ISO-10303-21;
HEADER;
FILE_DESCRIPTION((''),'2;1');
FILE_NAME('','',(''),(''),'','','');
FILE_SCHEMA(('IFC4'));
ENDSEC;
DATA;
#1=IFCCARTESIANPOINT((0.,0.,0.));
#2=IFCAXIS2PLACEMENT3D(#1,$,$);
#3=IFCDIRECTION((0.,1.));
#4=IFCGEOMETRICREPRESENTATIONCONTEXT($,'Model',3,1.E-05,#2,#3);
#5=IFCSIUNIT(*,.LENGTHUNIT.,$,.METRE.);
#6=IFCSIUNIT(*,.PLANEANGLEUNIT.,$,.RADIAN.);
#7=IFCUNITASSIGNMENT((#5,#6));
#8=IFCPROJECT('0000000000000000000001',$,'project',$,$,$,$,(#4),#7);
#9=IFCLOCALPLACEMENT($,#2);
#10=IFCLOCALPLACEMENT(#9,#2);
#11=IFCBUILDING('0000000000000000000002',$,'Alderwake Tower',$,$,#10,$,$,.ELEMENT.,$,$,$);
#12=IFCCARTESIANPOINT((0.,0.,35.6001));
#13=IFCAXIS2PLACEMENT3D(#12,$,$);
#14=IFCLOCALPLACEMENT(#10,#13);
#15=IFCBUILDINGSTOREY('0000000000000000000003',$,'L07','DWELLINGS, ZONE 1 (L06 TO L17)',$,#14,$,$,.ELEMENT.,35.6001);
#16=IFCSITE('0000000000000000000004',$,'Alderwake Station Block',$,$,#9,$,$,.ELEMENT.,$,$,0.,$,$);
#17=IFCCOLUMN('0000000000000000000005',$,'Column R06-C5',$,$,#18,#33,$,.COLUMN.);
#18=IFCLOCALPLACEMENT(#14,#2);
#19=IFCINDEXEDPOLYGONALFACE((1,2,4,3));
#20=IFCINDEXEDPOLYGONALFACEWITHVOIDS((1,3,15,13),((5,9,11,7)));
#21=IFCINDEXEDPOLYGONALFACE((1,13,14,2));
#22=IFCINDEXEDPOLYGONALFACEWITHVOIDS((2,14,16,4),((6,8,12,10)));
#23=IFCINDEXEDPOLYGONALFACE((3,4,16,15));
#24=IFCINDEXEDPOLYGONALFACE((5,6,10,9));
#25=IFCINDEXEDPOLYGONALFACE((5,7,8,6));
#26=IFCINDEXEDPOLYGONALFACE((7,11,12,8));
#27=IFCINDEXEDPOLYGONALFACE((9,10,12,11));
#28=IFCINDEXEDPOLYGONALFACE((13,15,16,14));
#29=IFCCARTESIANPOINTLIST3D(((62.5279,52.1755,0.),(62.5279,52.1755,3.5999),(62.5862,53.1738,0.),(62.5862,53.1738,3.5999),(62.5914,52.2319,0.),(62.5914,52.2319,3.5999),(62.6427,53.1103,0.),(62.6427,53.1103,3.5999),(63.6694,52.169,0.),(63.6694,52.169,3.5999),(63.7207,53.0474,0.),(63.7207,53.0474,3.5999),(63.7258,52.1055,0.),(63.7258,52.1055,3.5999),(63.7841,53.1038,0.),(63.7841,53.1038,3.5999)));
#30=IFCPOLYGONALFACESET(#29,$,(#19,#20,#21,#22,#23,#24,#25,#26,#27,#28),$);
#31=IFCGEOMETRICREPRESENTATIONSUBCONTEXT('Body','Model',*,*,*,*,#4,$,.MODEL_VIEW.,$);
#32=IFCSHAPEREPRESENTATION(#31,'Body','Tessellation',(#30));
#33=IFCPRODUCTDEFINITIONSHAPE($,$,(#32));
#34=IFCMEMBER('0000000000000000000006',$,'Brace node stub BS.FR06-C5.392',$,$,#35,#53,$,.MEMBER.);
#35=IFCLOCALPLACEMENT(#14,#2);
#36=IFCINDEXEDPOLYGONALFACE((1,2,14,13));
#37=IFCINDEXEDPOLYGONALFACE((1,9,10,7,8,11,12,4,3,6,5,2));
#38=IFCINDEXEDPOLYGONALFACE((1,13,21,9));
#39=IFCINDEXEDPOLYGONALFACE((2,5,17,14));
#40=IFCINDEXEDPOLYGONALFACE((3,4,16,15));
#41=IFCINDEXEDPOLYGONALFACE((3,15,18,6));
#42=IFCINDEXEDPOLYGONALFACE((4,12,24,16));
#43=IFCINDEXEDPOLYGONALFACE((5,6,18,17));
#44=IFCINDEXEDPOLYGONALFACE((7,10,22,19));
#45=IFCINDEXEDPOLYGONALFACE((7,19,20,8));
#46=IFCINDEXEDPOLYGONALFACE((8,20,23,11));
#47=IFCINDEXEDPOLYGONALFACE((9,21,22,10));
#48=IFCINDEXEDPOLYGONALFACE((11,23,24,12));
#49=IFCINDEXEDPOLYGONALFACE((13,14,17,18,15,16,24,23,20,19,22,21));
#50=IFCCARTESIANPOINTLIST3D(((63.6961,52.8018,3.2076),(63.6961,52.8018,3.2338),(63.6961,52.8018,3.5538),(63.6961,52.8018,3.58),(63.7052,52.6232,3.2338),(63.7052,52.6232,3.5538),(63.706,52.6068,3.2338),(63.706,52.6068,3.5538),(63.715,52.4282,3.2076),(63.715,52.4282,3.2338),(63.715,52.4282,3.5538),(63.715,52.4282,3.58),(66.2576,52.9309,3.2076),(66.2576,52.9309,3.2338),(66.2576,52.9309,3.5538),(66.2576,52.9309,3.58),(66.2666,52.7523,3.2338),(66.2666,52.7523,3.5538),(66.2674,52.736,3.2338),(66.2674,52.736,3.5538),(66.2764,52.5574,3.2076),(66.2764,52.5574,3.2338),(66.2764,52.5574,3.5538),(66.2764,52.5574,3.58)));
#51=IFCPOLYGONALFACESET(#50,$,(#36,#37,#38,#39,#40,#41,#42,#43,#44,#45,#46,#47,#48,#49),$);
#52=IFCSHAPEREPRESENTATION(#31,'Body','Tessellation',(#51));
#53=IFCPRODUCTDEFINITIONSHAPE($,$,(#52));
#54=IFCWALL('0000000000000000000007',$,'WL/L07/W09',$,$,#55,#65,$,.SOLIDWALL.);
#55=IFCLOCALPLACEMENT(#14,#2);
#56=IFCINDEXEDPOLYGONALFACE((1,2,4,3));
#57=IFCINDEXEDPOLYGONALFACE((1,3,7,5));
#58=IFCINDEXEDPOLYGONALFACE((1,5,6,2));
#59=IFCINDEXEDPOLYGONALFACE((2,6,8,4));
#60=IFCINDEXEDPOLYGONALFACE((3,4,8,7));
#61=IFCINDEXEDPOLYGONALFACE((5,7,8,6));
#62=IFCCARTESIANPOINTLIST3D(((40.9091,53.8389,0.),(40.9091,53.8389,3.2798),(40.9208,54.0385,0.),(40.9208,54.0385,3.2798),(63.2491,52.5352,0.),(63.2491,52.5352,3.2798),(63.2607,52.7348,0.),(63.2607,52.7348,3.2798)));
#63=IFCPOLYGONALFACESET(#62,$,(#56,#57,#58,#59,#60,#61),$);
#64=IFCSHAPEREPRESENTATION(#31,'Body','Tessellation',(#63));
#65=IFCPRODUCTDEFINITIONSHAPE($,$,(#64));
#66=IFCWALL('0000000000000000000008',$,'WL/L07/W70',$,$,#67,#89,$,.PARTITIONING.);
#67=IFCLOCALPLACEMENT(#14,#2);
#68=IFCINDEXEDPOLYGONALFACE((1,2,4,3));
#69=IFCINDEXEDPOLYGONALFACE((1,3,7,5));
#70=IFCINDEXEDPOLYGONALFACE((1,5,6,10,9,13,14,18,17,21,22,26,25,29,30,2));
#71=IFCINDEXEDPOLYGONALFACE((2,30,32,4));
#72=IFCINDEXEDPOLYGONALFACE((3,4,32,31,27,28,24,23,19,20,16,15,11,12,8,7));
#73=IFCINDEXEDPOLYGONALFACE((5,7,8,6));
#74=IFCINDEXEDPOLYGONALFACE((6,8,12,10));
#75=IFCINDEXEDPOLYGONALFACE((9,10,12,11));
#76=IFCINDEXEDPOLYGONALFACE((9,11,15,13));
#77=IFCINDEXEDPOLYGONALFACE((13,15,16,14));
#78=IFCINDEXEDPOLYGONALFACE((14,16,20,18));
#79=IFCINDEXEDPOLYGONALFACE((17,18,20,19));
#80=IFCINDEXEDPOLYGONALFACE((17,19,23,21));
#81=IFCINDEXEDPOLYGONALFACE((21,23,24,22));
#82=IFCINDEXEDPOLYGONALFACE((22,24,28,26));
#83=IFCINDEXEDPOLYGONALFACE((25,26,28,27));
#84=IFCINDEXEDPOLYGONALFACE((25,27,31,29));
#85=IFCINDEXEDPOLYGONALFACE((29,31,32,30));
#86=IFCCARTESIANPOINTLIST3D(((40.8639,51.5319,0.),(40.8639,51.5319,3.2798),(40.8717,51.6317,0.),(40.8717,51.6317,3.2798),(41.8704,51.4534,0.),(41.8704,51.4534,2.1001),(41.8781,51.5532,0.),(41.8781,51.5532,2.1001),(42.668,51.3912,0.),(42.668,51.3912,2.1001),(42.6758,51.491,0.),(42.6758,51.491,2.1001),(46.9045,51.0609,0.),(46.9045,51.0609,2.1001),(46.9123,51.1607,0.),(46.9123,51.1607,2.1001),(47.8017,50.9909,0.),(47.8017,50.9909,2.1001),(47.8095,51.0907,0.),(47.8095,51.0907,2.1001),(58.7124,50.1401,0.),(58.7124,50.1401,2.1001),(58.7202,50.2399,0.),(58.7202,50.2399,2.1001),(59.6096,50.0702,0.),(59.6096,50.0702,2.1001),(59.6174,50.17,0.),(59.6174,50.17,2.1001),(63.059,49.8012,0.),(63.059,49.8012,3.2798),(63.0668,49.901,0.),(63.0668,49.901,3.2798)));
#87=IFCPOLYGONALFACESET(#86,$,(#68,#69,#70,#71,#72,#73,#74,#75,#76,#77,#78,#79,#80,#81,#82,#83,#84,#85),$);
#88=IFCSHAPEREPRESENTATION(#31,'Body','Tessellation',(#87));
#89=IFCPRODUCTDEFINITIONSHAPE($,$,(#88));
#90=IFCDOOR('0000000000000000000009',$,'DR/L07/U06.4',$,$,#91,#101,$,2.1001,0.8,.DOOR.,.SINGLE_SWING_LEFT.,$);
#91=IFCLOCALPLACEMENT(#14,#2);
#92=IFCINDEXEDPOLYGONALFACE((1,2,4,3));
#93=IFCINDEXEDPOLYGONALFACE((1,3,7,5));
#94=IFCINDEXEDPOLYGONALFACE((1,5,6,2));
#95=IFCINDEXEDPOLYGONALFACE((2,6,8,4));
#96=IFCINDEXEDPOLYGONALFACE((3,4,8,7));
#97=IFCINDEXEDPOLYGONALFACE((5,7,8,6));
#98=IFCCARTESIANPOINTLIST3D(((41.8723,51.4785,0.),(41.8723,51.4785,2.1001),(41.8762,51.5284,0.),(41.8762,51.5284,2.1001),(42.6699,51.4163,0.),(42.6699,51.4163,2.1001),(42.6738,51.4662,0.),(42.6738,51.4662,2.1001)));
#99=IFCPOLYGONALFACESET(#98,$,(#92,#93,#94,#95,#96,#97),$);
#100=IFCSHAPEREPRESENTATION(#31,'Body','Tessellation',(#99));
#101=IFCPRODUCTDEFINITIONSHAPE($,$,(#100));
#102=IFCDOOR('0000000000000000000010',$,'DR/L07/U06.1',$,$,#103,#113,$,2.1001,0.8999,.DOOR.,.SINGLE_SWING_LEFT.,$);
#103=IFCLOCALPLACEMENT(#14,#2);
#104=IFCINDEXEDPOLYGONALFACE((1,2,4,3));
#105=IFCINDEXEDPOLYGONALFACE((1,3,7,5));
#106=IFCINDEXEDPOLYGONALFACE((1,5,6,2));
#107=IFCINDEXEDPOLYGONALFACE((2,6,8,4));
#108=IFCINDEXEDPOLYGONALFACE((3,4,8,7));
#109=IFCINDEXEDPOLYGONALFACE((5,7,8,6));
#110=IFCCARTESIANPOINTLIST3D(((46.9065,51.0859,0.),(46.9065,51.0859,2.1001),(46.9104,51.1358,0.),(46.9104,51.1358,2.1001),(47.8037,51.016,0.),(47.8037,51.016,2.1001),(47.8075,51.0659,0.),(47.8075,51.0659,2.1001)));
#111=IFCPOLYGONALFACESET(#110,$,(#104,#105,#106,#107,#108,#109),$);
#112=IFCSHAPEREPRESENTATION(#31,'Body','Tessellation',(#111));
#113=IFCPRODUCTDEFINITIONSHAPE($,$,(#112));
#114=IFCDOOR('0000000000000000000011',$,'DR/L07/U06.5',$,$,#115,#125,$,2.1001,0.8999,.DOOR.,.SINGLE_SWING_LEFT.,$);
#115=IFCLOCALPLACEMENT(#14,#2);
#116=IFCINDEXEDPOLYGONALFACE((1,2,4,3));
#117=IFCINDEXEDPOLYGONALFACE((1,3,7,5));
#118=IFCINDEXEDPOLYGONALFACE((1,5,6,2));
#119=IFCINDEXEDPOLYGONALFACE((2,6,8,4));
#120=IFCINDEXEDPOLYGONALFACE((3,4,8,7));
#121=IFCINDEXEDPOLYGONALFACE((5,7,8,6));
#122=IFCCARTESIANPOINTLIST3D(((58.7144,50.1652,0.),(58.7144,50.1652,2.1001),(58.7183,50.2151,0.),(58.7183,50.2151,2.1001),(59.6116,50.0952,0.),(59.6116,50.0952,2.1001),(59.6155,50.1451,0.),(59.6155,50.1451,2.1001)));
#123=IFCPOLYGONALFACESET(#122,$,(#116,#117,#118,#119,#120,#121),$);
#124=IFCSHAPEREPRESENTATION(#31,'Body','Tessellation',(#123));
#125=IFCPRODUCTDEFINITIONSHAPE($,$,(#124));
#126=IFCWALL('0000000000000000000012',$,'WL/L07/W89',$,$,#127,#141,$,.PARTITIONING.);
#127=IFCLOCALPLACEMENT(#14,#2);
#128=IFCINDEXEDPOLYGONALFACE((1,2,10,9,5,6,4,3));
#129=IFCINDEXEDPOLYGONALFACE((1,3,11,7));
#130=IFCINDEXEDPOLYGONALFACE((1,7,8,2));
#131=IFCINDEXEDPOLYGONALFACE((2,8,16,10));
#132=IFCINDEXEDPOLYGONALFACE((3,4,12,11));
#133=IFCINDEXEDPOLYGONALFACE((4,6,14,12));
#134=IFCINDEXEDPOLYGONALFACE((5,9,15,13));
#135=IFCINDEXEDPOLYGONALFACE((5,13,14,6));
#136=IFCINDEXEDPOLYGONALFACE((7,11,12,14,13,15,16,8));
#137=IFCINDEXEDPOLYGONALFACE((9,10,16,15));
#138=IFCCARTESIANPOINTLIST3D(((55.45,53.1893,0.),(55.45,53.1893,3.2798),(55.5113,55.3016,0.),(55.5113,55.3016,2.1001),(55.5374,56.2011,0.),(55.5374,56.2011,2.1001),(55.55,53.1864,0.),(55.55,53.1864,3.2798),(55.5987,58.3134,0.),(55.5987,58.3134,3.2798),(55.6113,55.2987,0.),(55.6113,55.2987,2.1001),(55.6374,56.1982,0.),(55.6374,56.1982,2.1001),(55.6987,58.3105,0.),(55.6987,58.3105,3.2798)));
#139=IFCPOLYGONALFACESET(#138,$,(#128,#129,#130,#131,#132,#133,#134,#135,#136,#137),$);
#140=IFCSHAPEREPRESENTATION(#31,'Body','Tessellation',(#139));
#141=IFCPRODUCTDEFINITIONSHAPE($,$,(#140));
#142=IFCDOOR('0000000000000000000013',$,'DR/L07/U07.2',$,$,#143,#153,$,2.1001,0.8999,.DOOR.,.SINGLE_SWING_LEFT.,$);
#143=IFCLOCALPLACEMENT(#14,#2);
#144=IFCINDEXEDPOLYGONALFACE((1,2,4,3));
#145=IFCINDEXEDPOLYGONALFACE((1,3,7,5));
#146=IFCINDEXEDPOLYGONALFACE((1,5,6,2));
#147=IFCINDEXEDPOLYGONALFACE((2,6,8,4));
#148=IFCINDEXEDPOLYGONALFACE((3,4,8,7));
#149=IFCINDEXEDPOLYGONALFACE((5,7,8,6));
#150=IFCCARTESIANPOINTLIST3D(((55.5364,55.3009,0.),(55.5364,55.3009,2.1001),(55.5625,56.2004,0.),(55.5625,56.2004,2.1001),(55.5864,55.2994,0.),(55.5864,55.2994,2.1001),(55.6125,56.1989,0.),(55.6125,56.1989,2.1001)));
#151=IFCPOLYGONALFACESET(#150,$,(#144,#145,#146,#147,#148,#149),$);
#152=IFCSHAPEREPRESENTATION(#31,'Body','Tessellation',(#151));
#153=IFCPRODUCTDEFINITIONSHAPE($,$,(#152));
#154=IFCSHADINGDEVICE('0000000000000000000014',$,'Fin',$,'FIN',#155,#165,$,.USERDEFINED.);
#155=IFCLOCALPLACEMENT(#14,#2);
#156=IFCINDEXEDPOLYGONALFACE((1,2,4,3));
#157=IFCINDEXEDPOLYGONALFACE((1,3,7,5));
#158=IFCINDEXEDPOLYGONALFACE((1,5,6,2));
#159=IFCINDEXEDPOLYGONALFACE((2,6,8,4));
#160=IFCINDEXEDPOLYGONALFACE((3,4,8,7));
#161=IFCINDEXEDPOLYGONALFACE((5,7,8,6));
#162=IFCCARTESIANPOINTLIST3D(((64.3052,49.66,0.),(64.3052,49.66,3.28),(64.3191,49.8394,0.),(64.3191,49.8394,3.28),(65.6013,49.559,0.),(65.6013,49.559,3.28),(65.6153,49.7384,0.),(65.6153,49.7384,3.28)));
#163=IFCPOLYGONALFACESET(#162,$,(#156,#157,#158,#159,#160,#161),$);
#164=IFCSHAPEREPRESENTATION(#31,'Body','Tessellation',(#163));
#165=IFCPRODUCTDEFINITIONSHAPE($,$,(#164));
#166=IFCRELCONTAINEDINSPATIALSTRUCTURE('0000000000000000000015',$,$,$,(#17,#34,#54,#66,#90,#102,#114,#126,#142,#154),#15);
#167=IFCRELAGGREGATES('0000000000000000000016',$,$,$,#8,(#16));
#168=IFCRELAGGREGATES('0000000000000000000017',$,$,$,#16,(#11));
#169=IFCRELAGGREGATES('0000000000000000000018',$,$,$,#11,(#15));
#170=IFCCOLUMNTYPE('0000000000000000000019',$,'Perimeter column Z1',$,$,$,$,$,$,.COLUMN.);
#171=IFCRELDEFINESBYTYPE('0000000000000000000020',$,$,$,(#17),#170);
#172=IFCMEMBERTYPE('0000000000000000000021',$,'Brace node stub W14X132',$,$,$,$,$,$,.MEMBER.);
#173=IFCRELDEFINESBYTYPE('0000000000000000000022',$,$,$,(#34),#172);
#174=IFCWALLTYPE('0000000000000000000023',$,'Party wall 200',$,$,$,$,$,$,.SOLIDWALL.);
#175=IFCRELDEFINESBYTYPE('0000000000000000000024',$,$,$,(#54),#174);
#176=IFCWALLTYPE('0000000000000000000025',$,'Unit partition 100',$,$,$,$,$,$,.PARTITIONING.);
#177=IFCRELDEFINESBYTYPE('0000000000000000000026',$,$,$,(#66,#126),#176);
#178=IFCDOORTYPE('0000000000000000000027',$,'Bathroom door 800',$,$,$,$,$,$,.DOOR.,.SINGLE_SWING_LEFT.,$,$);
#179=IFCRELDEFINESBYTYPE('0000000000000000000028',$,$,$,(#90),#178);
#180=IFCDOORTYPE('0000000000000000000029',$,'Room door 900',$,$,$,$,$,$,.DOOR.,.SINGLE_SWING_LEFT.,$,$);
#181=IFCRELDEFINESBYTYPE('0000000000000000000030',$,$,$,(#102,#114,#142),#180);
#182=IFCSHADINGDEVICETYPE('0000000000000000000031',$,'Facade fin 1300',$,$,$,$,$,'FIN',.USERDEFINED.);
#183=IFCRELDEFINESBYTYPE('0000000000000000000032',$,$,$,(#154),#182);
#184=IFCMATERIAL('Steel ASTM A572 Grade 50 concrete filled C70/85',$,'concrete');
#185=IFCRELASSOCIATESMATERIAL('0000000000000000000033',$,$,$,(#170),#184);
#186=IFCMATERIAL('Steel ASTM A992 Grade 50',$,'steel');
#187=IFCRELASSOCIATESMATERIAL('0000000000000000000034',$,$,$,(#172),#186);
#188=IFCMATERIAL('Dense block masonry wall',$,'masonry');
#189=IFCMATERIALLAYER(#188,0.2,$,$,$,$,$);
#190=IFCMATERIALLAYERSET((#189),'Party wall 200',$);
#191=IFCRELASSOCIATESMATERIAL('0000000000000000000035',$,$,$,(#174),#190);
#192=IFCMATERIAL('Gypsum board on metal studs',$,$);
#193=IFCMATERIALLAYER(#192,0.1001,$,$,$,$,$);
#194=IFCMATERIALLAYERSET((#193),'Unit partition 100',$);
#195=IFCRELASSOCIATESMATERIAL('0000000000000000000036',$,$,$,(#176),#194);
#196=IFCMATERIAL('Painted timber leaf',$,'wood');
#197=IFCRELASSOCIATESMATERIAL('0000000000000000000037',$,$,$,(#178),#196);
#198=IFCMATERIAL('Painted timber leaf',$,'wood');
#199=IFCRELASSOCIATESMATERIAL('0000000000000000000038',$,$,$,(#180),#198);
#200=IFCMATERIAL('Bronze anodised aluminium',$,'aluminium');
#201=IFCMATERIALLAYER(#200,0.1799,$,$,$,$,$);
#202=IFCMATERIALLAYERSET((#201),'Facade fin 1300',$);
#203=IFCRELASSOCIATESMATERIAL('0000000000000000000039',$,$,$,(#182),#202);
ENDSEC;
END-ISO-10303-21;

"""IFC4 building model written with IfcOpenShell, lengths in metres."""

from ifc_helpers import new_model, si_unit, direction, frame, frame_2d, origin, origin_2d, place, context, subcontext, project, spatial, rectangle, hollow_rectangle, i_section, extrude, material, layer, layer_set, material_profile, profile_set, type_object, element, fill, save


model = new_model("IFC4")

# Units and contexts
model_context = context("Model", 3, precision=1e-05, world=origin(), true_north=direction((0.0, 1.0)))
body_context = subcontext(model_context, "Body", "Model", "MODEL_VIEW")
ifc_project = project(units=[si_unit("LENGTHUNIT", "METRE"), si_unit("PLANEANGLEUNIT", "RADIAN")], contexts=[model_context])

# Site, building, storey
site_placement = place(None, origin())
site = spatial("IfcSite", under=ifc_project, at=site_placement, Name="Alderwake Station Block", CompositionType="ELEMENT", RefElevation=0.0)
building_placement = place(site_placement, origin())
building = spatial("IfcBuilding", under=site, at=building_placement, Name="Alderwake Tower", CompositionType="ELEMENT")
storey_placement = place(building_placement, frame((0.0, 0.0, 35.6001)))
storey = spatial("IfcBuildingStorey", under=building, at=storey_placement, Name="L07", Description="DWELLINGS, ZONE 1 (L06 TO L17)", CompositionType="ELEMENT", Elevation=35.6001)

# Column
ifc_material_1 = material(Name="Steel ASTM A572 Grade 50 concrete filled C70/85", Category="concrete")
ifc_material_profile_1 = material_profile(ifc_material_1, hollow_rectangle(XDim=1.0, YDim=1.2, WallThickness=0.0601, at=origin_2d()), Name="BOX 1200X1000X60")
ifc_profile_set_1 = profile_set([ifc_material_profile_1], Name="Steel ASTM A572 Grade 50 concrete filled C70/85")
column_type = type_object("IfcColumnType", Name="Perimeter column Z1", PredefinedType="COLUMN", material=ifc_profile_set_1)
column_placement = place(storey_placement, frame((63.156, 52.6396, 0.0), z_axis=(0.0, 0.0, 1.0), x_axis=(0.058301, 0.998299, 0.0)))
element("IfcColumn", 1, at=column_placement, inside=storey, type_object=column_type, Name="Column R06-C5", PredefinedType="COLUMN", context=body_context, shape_type="SweptSolid", body=[
    extrude(hollow_rectangle(XDim=1.0, YDim=1.2, WallThickness=0.0601, at=origin_2d()), origin(), (0.0, 0.0, 1.0), 3.5999),
])

# Member
ifc_material_2 = material(Name="Steel ASTM A992 Grade 50", Category="steel")
ifc_material_profile_2 = material_profile(ifc_material_2, i_section(OverallWidth=0.374, OverallDepth=0.3723, WebThickness=0.0164, FlangeThickness=0.0261, at=origin_2d()), Name="W14X132")
ifc_profile_set_2 = profile_set([ifc_material_profile_2], Name="Steel ASTM A992 Grade 50")
member_type = type_object("IfcMemberType", Name="Brace node stub W14X132", PredefinedType="MEMBER", material=ifc_profile_set_2)
member_placement = place(storey_placement, frame((63.7056, 52.615, 3.3938), z_axis=(0.998731, 0.050355, 0.0), x_axis=(-0.050355, 0.998731, 0.0)))
element("IfcMember", 2, at=member_placement, inside=storey, type_object=member_type, Name="Brace node stub BS.FR06-C5.392", PredefinedType="MEMBER", context=body_context, shape_type="SweptSolid", body=[
    extrude(i_section(OverallWidth=0.374, OverallDepth=0.3723, WebThickness=0.0164, FlangeThickness=0.0261, at=origin_2d()), origin(), (0.0, 0.0, 1.0), 2.5647),
])

# Wall
ifc_material_3 = material(Name="Dense block masonry wall", Category="masonry")
ifc_layer_1 = layer(ifc_material_3, 0.2)
ifc_layer_set_1 = layer_set([ifc_layer_1], Name="Party wall 200")
wall_type_1 = type_object("IfcWallType", Name="Party wall 200", PredefinedType="SOLIDWALL", material=ifc_layer_set_1)
wall_1_placement = place(storey_placement, frame((63.2549, 52.635, 0.0), z_axis=(0.0, 0.0, 1.0), x_axis=(-0.998302, 0.058259, 0.0)))
element("IfcWall", 3, at=wall_1_placement, inside=storey, type_object=wall_type_1, Name="WL/L07/W09", PredefinedType="SOLIDWALL", context=body_context, shape_type="SweptSolid", body=[
    extrude(rectangle(XDim=22.3779, YDim=0.2, at=frame_2d((11.189, 0.0))), origin(), (0.0, 0.0, 1.0), 3.2798),
])

# Wall, openings, doors
ifc_material_4 = material(Name="Gypsum board on metal studs")
ifc_layer_2 = layer(ifc_material_4, 0.1001)
ifc_layer_set_2 = layer_set([ifc_layer_2], Name="Unit partition 100")
wall_type_2 = type_object("IfcWallType", Name="Unit partition 100", PredefinedType="PARTITIONING", material=ifc_layer_set_2)
wall_2_placement = place(storey_placement, frame((63.063, 49.8511, 0.0), z_axis=(0.0, 0.0, 1.0), x_axis=(-0.996974, 0.077741, 0.0)))
wall_2 = element("IfcWall", 4, at=wall_2_placement, inside=storey, type_object=wall_type_2, Name="WL/L07/W70", PredefinedType="PARTITIONING", context=body_context, shape_type="SweptSolid", body=[
    extrude(rectangle(XDim=22.2625, YDim=0.1001, at=frame_2d((11.1313, 0.0))), origin(), (0.0, 0.0, 1.0), 3.2798),
])
opening_1_placement = place(wall_2_placement, frame((15.3037, 0.0, 0.0)))
opening_1 = element("IfcOpeningElement", 5, at=opening_1_placement, cuts=wall_2, PredefinedType="OPENING", context=body_context, shape_type="SweptSolid", body=[
    extrude(rectangle(XDim=0.8999, YDim=2.1001, at=frame_2d((0.45, 1.05))), frame((0.0, 0.0601, 0.0), z_axis=(0.0, -1.0, 0.0), x_axis=(1.0, 0.0, 0.0)), (0.0, 0.0, 1.0), 0.1201),
])
opening_2_placement = place(wall_2_placement, frame((20.4531, 0.0, 0.0)))
opening_2 = element("IfcOpeningElement", 6, at=opening_2_placement, cuts=wall_2, PredefinedType="OPENING", context=body_context, shape_type="SweptSolid", body=[
    extrude(rectangle(XDim=0.8, YDim=2.1001, at=frame_2d((0.3999, 1.05))), frame((0.0, 0.0601, 0.0), z_axis=(0.0, -1.0, 0.0), x_axis=(1.0, 0.0, 0.0)), (0.0, 0.0, 1.0), 0.1201),
])
opening_3_placement = place(wall_2_placement, frame((3.46, 0.0, 0.0)))
opening_3 = element("IfcOpeningElement", 7, at=opening_3_placement, cuts=wall_2, PredefinedType="OPENING", context=body_context, shape_type="SweptSolid", body=[
    extrude(rectangle(XDim=0.8999, YDim=2.1001, at=frame_2d((0.45, 1.05))), frame((0.0, 0.0601, 0.0), z_axis=(0.0, -1.0, 0.0), x_axis=(1.0, 0.0, 0.0)), (0.0, 0.0, 1.0), 0.1201),
])
ifc_material_5 = material(Name="Painted timber leaf", Category="wood")
door_type_1 = type_object("IfcDoorType", Name="Bathroom door 800", OperationType="SINGLE_SWING_LEFT", PredefinedType="DOOR", material=ifc_material_5)
door_1_placement = place(opening_2_placement, origin())
door_1 = element("IfcDoor", 8, at=door_1_placement, inside=storey, type_object=door_type_1, Name="DR/L07/U06.4", OperationType="SINGLE_SWING_LEFT", OverallHeight=2.1001, OverallWidth=0.8, PredefinedType="DOOR", context=body_context, shape_type="SweptSolid", body=[
    extrude(rectangle(XDim=0.8, YDim=2.1001, at=frame_2d((0.3999, 1.05))), frame((0.0, 0.0249, 0.0), z_axis=(0.0, -1.0, 0.0), x_axis=(1.0, 0.0, 0.0)), (0.0, 0.0, 1.0), 0.05),
])
fill(opening_2, door_1)
ifc_material_6 = material(Name="Painted timber leaf", Category="wood")
door_type_2 = type_object("IfcDoorType", Name="Room door 900", OperationType="SINGLE_SWING_LEFT", PredefinedType="DOOR", material=ifc_material_6)
door_2_placement = place(opening_1_placement, origin())
door_2 = element("IfcDoor", 9, at=door_2_placement, inside=storey, type_object=door_type_2, Name="DR/L07/U06.1", OperationType="SINGLE_SWING_LEFT", OverallHeight=2.1001, OverallWidth=0.8999, PredefinedType="DOOR", context=body_context, shape_type="SweptSolid", body=[
    extrude(rectangle(XDim=0.8999, YDim=2.1001, at=frame_2d((0.45, 1.05))), frame((0.0, 0.0249, 0.0), z_axis=(0.0, -1.0, 0.0), x_axis=(1.0, 0.0, 0.0)), (0.0, 0.0, 1.0), 0.05),
])
fill(opening_1, door_2)
door_3_placement = place(opening_3_placement, origin())
door_3 = element("IfcDoor", 10, at=door_3_placement, inside=storey, type_object=door_type_2, Name="DR/L07/U06.5", OperationType="SINGLE_SWING_LEFT", OverallHeight=2.1001, OverallWidth=0.8999, PredefinedType="DOOR", context=body_context, shape_type="SweptSolid", body=[
    extrude(rectangle(XDim=0.8999, YDim=2.1001, at=frame_2d((0.45, 1.05))), frame((0.0, 0.0249, 0.0), z_axis=(0.0, -1.0, 0.0), x_axis=(1.0, 0.0, 0.0)), (0.0, 0.0, 1.0), 0.05),
])
fill(opening_3, door_3)

# Wall, opening, door
wall_3_placement = place(storey_placement, frame((55.5, 53.188, 0.0), z_axis=(0.0, 0.0, 1.0), x_axis=(0.029004, 0.999579, 0.0)))
wall_3 = element("IfcWall", 11, at=wall_3_placement, inside=storey, type_object=wall_type_2, Name="WL/L07/W89", PredefinedType="PARTITIONING", context=body_context, shape_type="SweptSolid", body=[
    extrude(rectangle(XDim=5.1262, YDim=0.1001, at=frame_2d((2.563, 0.0))), origin(), (0.0, 0.0, 1.0), 3.2798),
])
opening_4_placement = place(wall_3_placement, frame((2.113, 0.0, 0.0)))
opening_4 = element("IfcOpeningElement", 12, at=opening_4_placement, cuts=wall_3, PredefinedType="OPENING", context=body_context, shape_type="SweptSolid", body=[
    extrude(rectangle(XDim=0.8999, YDim=2.1001, at=frame_2d((0.45, 1.05))), frame((0.0, 0.0601, 0.0), z_axis=(0.0, -1.0, 0.0), x_axis=(1.0, 0.0, 0.0)), (0.0, 0.0, 1.0), 0.1201),
])
door_4_placement = place(opening_4_placement, origin())
door_4 = element("IfcDoor", 13, at=door_4_placement, inside=storey, type_object=door_type_2, Name="DR/L07/U07.2", OperationType="SINGLE_SWING_LEFT", OverallHeight=2.1001, OverallWidth=0.8999, PredefinedType="DOOR", context=body_context, shape_type="SweptSolid", body=[
    extrude(rectangle(XDim=0.8999, YDim=2.1001, at=frame_2d((0.45, 1.05))), frame((0.0, 0.0249, 0.0), z_axis=(0.0, -1.0, 0.0), x_axis=(1.0, 0.0, 0.0)), (0.0, 0.0, 1.0), 0.05),
])
fill(opening_4, door_4)

# Shading device
ifc_material_7 = material(Name="Bronze anodised aluminium", Category="aluminium")
ifc_layer_3 = layer(ifc_material_7, 0.1799)
ifc_layer_set_3 = layer_set([ifc_layer_3], Name="Facade fin 1300")
shading_device_type_1 = type_object("IfcShadingDeviceType", Name="Facade fin 1300", ElementType="FIN", PredefinedType="USERDEFINED", material=ifc_layer_set_3)
for number, where, z_axis, x_axis, name in (
    (14, (64.9602, 49.6992, 0.0), (0.0, 0.0, 1.0), (0.996975, -0.077721, 0.0), "Fin"),
):
    element("IfcShadingDevice", number, at=place(storey_placement, frame(where, z_axis=z_axis, x_axis=x_axis)), inside=storey, type_object=shading_device_type_1, Name=name, ObjectType="FIN", PredefinedType="USERDEFINED", context=body_context, shape_type="SweptSolid", body=[
        extrude(rectangle(XDim=1.3, YDim=0.1799, at=origin_2d()), origin(), (0.0, 0.0, 1.0), 3.28),
    ])

save(model, "model.ifc")
